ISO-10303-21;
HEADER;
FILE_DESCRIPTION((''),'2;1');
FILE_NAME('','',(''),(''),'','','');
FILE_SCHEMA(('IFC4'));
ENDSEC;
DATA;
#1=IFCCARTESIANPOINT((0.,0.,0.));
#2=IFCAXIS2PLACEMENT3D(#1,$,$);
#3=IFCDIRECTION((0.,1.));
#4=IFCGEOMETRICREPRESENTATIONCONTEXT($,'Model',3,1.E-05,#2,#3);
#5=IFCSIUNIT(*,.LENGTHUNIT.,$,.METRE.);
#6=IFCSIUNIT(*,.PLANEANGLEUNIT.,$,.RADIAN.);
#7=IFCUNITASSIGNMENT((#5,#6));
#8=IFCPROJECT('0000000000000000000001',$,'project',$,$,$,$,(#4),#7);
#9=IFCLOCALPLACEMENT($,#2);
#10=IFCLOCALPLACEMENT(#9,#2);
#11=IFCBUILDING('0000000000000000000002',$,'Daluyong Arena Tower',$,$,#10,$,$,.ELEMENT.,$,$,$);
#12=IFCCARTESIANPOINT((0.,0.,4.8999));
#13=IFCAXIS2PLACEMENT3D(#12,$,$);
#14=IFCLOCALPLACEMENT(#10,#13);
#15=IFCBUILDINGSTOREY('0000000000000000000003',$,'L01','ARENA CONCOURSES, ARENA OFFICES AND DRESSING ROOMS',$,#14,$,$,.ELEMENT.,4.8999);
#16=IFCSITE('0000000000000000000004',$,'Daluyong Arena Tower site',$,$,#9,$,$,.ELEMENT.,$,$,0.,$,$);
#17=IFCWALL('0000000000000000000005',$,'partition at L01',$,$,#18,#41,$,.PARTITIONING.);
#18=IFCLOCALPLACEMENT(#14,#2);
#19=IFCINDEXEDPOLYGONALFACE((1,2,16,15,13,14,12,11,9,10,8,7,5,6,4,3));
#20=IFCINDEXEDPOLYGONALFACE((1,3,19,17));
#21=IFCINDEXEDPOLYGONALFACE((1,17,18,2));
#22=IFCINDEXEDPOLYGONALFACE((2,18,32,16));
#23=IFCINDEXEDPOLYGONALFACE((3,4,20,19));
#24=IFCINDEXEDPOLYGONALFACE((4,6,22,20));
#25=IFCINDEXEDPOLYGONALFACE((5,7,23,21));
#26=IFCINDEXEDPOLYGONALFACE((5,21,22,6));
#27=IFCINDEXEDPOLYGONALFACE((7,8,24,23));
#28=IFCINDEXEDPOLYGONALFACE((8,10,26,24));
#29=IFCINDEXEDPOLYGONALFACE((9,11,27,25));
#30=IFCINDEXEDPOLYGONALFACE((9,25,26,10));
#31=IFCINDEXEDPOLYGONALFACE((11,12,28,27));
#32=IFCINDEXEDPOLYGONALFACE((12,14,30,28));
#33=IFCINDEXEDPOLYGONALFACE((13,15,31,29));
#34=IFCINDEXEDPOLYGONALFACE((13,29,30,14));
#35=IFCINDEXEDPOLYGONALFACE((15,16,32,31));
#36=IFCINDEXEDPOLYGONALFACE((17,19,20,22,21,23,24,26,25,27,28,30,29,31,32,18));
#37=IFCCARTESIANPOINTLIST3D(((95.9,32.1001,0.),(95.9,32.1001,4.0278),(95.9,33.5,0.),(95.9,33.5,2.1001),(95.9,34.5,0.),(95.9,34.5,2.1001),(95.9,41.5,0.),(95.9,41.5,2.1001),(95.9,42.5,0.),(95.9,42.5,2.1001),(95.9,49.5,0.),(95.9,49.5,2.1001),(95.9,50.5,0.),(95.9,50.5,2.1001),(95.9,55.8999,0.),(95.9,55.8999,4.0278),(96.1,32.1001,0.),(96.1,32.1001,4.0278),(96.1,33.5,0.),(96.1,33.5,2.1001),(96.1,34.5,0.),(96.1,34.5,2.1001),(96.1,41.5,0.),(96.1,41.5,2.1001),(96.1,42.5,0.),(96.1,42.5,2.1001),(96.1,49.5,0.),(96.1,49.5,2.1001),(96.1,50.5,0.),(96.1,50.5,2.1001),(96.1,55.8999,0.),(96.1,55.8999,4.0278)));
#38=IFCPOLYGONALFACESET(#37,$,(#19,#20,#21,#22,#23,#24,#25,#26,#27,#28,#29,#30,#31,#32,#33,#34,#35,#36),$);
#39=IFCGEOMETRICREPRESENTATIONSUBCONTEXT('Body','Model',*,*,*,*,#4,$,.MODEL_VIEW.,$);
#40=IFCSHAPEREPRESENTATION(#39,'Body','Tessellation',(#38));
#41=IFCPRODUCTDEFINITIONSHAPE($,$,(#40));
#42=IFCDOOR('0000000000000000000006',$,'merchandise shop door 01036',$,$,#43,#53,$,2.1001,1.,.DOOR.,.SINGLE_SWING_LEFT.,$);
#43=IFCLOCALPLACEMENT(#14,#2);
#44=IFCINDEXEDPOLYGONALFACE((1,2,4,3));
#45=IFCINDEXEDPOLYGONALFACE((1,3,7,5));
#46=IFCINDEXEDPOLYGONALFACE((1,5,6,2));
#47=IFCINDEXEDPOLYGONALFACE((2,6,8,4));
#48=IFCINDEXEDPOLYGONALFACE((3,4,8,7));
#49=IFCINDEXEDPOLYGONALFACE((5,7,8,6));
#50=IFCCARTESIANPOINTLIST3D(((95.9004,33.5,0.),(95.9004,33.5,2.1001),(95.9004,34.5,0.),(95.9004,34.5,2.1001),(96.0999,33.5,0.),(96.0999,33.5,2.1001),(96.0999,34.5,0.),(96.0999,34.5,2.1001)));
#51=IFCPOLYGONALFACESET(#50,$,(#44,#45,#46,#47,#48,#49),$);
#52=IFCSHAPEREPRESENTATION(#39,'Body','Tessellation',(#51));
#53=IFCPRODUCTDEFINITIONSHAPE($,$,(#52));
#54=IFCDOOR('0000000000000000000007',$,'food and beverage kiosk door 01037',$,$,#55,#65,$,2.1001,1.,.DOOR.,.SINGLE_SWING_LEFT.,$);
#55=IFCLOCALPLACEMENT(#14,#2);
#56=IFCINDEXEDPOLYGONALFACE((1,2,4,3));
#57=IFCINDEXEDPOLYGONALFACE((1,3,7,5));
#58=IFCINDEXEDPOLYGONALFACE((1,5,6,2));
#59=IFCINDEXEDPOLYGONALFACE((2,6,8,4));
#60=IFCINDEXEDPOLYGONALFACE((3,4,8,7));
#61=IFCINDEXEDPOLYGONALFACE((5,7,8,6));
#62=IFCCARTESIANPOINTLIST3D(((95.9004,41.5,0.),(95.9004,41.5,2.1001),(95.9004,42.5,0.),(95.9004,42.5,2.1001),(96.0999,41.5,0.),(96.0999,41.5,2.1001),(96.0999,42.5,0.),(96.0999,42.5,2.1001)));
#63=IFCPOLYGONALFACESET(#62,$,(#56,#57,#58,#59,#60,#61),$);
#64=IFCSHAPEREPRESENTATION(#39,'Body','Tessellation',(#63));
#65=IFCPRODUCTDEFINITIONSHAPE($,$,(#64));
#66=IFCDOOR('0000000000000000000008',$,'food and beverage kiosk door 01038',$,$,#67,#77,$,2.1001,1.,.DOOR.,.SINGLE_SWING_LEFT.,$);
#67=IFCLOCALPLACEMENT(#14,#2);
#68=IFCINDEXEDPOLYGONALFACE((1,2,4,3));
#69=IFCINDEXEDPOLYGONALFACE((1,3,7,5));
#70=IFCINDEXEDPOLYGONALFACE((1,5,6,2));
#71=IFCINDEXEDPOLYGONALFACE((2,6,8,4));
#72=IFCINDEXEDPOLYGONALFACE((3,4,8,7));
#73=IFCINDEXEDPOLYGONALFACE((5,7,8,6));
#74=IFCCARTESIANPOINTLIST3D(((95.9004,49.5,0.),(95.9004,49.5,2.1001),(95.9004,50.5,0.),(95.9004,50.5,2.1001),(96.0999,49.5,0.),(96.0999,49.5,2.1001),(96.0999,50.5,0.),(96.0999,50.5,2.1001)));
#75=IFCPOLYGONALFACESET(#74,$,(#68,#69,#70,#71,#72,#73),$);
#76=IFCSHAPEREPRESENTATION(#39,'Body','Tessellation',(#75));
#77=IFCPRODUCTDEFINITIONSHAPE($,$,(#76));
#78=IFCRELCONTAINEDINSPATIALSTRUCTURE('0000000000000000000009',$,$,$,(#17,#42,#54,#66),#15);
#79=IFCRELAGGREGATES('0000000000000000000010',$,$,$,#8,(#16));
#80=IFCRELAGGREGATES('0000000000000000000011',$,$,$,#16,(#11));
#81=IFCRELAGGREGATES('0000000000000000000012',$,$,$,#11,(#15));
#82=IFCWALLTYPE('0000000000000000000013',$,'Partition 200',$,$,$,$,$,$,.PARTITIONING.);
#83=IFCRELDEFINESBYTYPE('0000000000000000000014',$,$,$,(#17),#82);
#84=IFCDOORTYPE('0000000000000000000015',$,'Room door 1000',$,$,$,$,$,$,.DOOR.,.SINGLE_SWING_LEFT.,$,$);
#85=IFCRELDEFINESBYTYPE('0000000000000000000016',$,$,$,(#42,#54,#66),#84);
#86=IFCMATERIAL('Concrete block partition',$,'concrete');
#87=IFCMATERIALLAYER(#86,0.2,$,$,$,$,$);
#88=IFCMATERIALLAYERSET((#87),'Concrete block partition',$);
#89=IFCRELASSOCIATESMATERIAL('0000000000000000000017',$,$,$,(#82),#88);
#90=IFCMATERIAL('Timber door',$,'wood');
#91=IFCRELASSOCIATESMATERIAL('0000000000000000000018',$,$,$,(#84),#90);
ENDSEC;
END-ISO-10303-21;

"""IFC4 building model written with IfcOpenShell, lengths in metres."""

from ifc_helpers import new_model, si_unit, direction, frame, frame_2d, origin, place, context, subcontext, project, spatial, rectangle, extrude, material, layer, layer_set, type_object, element, fill, save


model = new_model("IFC4")

# Units and contexts
model_context = context("Model", 3, precision=1e-05, world=origin(), true_north=direction((0.0, 1.0)))
body_context = subcontext(model_context, "Body", "Model", "MODEL_VIEW")
ifc_project = project(units=[si_unit("LENGTHUNIT", "METRE"), si_unit("PLANEANGLEUNIT", "RADIAN")], contexts=[model_context])

# Site, building, storey
site_placement = place(None, origin())
site = spatial("IfcSite", under=ifc_project, at=site_placement, Name="Daluyong Arena Tower site", CompositionType="ELEMENT", RefElevation=0.0)
building_placement = place(site_placement, origin())
building = spatial("IfcBuilding", under=site, at=building_placement, Name="Daluyong Arena Tower", CompositionType="ELEMENT")
storey_placement = place(building_placement, frame((0.0, 0.0, 4.8999)))
storey = spatial("IfcBuildingStorey", under=building, at=storey_placement, Name="L01", Description="ARENA CONCOURSES, ARENA OFFICES AND DRESSING ROOMS", CompositionType="ELEMENT", Elevation=4.8999)

# Shared definitions
ifc_material_1 = material(Name="Concrete block partition", Category="concrete")
ifc_layer = layer(ifc_material_1, 0.2)
ifc_layer_set = layer_set([ifc_layer], Name="Concrete block partition")
wall_type = type_object("IfcWallType", Name="Partition 200", PredefinedType="PARTITIONING", material=ifc_layer_set)

# Wall, openings, doors
wall_placement = place(storey_placement, frame((96.0, 32.1001, 0.0), z_axis=(0.0, 0.0, 1.0), x_axis=(0.0, 1.0, 0.0)))
wall = element("IfcWall", 1, at=wall_placement, inside=storey, type_object=wall_type, Name="partition at L01", PredefinedType="PARTITIONING", context=body_context, shape_type="SweptSolid", body=[
    extrude(rectangle(XDim=23.7998, YDim=0.2, at=frame_2d((11.8999, 0.0))), origin(), (0.0, 0.0, 1.0), 4.0278),
])
opening_1_placement = place(wall_placement, frame((1.3999, 0.0, 0.0)))
opening_1 = element("IfcOpeningElement", 2, at=opening_1_placement, cuts=wall, PredefinedType="OPENING", context=body_context, shape_type="SweptSolid", body=[
    extrude(rectangle(XDim=1.0, YDim=2.1001, at=frame_2d((0.5, 1.05))), frame((0.0, 0.1099, 0.0), z_axis=(0.0, -1.0, 0.0), x_axis=(1.0, 0.0, 0.0)), (0.0, 0.0, 1.0), 0.22),
])
opening_2_placement = place(wall_placement, frame((9.3999, 0.0, 0.0)))
opening_2 = element("IfcOpeningElement", 3, at=opening_2_placement, cuts=wall, PredefinedType="OPENING", context=body_context, shape_type="SweptSolid", body=[
    extrude(rectangle(XDim=1.0, YDim=2.1001, at=frame_2d((0.5, 1.05))), frame((0.0, 0.1099, 0.0), z_axis=(0.0, -1.0, 0.0), x_axis=(1.0, 0.0, 0.0)), (0.0, 0.0, 1.0), 0.22),
])
opening_3_placement = place(wall_placement, frame((17.3999, 0.0, 0.0)))
opening_3 = element("IfcOpeningElement", 4, at=opening_3_placement, cuts=wall, PredefinedType="OPENING", context=body_context, shape_type="SweptSolid", body=[
    extrude(rectangle(XDim=1.0, YDim=2.1001, at=frame_2d((0.5, 1.05))), frame((0.0, 0.1099, 0.0), z_axis=(0.0, -1.0, 0.0), x_axis=(1.0, 0.0, 0.0)), (0.0, 0.0, 1.0), 0.22),
])
ifc_material_2 = material(Name="Timber door", Category="wood")
door_type = type_object("IfcDoorType", Name="Room door 1000", OperationType="SINGLE_SWING_LEFT", PredefinedType="DOOR", material=ifc_material_2)
door_1_placement = place(opening_1_placement, origin())
door_1 = element("IfcDoor", 5, at=door_1_placement, inside=storey, type_object=door_type, Name="merchandise shop door 01036", OperationType="SINGLE_SWING_LEFT", OverallHeight=2.1001, OverallWidth=1.0, PredefinedType="DOOR", context=body_context, shape_type="SweptSolid", body=[
    extrude(rectangle(XDim=1.0, YDim=2.1001, at=frame_2d((0.5, 1.05))), frame((0.0, 0.0996, 0.0), z_axis=(0.0, -1.0, 0.0), x_axis=(1.0, 0.0, 0.0)), (0.0, 0.0, 1.0), 0.1995),
])
fill(opening_1, door_1)
door_2_placement = place(opening_2_placement, origin())
door_2 = element("IfcDoor", 6, at=door_2_placement, inside=storey, type_object=door_type, Name="food and beverage kiosk door 01037", OperationType="SINGLE_SWING_LEFT", OverallHeight=2.1001, OverallWidth=1.0, PredefinedType="DOOR", context=body_context, shape_type="SweptSolid", body=[
    extrude(rectangle(XDim=1.0, YDim=2.1001, at=frame_2d((0.5, 1.05))), frame((0.0, 0.0996, 0.0), z_axis=(0.0, -1.0, 0.0), x_axis=(1.0, 0.0, 0.0)), (0.0, 0.0, 1.0), 0.1995),
])
fill(opening_2, door_2)
door_3_placement = place(opening_3_placement, origin())
door_3 = element("IfcDoor", 7, at=door_3_placement, inside=storey, type_object=door_type, Name="food and beverage kiosk door 01038", OperationType="SINGLE_SWING_LEFT", OverallHeight=2.1001, OverallWidth=1.0, PredefinedType="DOOR", context=body_context, shape_type="SweptSolid", body=[
    extrude(rectangle(XDim=1.0, YDim=2.1001, at=frame_2d((0.5, 1.05))), frame((0.0, 0.0996, 0.0), z_axis=(0.0, -1.0, 0.0), x_axis=(1.0, 0.0, 0.0)), (0.0, 0.0, 1.0), 0.1995),
])
fill(opening_3, door_3)

save(model, "model.ifc")
